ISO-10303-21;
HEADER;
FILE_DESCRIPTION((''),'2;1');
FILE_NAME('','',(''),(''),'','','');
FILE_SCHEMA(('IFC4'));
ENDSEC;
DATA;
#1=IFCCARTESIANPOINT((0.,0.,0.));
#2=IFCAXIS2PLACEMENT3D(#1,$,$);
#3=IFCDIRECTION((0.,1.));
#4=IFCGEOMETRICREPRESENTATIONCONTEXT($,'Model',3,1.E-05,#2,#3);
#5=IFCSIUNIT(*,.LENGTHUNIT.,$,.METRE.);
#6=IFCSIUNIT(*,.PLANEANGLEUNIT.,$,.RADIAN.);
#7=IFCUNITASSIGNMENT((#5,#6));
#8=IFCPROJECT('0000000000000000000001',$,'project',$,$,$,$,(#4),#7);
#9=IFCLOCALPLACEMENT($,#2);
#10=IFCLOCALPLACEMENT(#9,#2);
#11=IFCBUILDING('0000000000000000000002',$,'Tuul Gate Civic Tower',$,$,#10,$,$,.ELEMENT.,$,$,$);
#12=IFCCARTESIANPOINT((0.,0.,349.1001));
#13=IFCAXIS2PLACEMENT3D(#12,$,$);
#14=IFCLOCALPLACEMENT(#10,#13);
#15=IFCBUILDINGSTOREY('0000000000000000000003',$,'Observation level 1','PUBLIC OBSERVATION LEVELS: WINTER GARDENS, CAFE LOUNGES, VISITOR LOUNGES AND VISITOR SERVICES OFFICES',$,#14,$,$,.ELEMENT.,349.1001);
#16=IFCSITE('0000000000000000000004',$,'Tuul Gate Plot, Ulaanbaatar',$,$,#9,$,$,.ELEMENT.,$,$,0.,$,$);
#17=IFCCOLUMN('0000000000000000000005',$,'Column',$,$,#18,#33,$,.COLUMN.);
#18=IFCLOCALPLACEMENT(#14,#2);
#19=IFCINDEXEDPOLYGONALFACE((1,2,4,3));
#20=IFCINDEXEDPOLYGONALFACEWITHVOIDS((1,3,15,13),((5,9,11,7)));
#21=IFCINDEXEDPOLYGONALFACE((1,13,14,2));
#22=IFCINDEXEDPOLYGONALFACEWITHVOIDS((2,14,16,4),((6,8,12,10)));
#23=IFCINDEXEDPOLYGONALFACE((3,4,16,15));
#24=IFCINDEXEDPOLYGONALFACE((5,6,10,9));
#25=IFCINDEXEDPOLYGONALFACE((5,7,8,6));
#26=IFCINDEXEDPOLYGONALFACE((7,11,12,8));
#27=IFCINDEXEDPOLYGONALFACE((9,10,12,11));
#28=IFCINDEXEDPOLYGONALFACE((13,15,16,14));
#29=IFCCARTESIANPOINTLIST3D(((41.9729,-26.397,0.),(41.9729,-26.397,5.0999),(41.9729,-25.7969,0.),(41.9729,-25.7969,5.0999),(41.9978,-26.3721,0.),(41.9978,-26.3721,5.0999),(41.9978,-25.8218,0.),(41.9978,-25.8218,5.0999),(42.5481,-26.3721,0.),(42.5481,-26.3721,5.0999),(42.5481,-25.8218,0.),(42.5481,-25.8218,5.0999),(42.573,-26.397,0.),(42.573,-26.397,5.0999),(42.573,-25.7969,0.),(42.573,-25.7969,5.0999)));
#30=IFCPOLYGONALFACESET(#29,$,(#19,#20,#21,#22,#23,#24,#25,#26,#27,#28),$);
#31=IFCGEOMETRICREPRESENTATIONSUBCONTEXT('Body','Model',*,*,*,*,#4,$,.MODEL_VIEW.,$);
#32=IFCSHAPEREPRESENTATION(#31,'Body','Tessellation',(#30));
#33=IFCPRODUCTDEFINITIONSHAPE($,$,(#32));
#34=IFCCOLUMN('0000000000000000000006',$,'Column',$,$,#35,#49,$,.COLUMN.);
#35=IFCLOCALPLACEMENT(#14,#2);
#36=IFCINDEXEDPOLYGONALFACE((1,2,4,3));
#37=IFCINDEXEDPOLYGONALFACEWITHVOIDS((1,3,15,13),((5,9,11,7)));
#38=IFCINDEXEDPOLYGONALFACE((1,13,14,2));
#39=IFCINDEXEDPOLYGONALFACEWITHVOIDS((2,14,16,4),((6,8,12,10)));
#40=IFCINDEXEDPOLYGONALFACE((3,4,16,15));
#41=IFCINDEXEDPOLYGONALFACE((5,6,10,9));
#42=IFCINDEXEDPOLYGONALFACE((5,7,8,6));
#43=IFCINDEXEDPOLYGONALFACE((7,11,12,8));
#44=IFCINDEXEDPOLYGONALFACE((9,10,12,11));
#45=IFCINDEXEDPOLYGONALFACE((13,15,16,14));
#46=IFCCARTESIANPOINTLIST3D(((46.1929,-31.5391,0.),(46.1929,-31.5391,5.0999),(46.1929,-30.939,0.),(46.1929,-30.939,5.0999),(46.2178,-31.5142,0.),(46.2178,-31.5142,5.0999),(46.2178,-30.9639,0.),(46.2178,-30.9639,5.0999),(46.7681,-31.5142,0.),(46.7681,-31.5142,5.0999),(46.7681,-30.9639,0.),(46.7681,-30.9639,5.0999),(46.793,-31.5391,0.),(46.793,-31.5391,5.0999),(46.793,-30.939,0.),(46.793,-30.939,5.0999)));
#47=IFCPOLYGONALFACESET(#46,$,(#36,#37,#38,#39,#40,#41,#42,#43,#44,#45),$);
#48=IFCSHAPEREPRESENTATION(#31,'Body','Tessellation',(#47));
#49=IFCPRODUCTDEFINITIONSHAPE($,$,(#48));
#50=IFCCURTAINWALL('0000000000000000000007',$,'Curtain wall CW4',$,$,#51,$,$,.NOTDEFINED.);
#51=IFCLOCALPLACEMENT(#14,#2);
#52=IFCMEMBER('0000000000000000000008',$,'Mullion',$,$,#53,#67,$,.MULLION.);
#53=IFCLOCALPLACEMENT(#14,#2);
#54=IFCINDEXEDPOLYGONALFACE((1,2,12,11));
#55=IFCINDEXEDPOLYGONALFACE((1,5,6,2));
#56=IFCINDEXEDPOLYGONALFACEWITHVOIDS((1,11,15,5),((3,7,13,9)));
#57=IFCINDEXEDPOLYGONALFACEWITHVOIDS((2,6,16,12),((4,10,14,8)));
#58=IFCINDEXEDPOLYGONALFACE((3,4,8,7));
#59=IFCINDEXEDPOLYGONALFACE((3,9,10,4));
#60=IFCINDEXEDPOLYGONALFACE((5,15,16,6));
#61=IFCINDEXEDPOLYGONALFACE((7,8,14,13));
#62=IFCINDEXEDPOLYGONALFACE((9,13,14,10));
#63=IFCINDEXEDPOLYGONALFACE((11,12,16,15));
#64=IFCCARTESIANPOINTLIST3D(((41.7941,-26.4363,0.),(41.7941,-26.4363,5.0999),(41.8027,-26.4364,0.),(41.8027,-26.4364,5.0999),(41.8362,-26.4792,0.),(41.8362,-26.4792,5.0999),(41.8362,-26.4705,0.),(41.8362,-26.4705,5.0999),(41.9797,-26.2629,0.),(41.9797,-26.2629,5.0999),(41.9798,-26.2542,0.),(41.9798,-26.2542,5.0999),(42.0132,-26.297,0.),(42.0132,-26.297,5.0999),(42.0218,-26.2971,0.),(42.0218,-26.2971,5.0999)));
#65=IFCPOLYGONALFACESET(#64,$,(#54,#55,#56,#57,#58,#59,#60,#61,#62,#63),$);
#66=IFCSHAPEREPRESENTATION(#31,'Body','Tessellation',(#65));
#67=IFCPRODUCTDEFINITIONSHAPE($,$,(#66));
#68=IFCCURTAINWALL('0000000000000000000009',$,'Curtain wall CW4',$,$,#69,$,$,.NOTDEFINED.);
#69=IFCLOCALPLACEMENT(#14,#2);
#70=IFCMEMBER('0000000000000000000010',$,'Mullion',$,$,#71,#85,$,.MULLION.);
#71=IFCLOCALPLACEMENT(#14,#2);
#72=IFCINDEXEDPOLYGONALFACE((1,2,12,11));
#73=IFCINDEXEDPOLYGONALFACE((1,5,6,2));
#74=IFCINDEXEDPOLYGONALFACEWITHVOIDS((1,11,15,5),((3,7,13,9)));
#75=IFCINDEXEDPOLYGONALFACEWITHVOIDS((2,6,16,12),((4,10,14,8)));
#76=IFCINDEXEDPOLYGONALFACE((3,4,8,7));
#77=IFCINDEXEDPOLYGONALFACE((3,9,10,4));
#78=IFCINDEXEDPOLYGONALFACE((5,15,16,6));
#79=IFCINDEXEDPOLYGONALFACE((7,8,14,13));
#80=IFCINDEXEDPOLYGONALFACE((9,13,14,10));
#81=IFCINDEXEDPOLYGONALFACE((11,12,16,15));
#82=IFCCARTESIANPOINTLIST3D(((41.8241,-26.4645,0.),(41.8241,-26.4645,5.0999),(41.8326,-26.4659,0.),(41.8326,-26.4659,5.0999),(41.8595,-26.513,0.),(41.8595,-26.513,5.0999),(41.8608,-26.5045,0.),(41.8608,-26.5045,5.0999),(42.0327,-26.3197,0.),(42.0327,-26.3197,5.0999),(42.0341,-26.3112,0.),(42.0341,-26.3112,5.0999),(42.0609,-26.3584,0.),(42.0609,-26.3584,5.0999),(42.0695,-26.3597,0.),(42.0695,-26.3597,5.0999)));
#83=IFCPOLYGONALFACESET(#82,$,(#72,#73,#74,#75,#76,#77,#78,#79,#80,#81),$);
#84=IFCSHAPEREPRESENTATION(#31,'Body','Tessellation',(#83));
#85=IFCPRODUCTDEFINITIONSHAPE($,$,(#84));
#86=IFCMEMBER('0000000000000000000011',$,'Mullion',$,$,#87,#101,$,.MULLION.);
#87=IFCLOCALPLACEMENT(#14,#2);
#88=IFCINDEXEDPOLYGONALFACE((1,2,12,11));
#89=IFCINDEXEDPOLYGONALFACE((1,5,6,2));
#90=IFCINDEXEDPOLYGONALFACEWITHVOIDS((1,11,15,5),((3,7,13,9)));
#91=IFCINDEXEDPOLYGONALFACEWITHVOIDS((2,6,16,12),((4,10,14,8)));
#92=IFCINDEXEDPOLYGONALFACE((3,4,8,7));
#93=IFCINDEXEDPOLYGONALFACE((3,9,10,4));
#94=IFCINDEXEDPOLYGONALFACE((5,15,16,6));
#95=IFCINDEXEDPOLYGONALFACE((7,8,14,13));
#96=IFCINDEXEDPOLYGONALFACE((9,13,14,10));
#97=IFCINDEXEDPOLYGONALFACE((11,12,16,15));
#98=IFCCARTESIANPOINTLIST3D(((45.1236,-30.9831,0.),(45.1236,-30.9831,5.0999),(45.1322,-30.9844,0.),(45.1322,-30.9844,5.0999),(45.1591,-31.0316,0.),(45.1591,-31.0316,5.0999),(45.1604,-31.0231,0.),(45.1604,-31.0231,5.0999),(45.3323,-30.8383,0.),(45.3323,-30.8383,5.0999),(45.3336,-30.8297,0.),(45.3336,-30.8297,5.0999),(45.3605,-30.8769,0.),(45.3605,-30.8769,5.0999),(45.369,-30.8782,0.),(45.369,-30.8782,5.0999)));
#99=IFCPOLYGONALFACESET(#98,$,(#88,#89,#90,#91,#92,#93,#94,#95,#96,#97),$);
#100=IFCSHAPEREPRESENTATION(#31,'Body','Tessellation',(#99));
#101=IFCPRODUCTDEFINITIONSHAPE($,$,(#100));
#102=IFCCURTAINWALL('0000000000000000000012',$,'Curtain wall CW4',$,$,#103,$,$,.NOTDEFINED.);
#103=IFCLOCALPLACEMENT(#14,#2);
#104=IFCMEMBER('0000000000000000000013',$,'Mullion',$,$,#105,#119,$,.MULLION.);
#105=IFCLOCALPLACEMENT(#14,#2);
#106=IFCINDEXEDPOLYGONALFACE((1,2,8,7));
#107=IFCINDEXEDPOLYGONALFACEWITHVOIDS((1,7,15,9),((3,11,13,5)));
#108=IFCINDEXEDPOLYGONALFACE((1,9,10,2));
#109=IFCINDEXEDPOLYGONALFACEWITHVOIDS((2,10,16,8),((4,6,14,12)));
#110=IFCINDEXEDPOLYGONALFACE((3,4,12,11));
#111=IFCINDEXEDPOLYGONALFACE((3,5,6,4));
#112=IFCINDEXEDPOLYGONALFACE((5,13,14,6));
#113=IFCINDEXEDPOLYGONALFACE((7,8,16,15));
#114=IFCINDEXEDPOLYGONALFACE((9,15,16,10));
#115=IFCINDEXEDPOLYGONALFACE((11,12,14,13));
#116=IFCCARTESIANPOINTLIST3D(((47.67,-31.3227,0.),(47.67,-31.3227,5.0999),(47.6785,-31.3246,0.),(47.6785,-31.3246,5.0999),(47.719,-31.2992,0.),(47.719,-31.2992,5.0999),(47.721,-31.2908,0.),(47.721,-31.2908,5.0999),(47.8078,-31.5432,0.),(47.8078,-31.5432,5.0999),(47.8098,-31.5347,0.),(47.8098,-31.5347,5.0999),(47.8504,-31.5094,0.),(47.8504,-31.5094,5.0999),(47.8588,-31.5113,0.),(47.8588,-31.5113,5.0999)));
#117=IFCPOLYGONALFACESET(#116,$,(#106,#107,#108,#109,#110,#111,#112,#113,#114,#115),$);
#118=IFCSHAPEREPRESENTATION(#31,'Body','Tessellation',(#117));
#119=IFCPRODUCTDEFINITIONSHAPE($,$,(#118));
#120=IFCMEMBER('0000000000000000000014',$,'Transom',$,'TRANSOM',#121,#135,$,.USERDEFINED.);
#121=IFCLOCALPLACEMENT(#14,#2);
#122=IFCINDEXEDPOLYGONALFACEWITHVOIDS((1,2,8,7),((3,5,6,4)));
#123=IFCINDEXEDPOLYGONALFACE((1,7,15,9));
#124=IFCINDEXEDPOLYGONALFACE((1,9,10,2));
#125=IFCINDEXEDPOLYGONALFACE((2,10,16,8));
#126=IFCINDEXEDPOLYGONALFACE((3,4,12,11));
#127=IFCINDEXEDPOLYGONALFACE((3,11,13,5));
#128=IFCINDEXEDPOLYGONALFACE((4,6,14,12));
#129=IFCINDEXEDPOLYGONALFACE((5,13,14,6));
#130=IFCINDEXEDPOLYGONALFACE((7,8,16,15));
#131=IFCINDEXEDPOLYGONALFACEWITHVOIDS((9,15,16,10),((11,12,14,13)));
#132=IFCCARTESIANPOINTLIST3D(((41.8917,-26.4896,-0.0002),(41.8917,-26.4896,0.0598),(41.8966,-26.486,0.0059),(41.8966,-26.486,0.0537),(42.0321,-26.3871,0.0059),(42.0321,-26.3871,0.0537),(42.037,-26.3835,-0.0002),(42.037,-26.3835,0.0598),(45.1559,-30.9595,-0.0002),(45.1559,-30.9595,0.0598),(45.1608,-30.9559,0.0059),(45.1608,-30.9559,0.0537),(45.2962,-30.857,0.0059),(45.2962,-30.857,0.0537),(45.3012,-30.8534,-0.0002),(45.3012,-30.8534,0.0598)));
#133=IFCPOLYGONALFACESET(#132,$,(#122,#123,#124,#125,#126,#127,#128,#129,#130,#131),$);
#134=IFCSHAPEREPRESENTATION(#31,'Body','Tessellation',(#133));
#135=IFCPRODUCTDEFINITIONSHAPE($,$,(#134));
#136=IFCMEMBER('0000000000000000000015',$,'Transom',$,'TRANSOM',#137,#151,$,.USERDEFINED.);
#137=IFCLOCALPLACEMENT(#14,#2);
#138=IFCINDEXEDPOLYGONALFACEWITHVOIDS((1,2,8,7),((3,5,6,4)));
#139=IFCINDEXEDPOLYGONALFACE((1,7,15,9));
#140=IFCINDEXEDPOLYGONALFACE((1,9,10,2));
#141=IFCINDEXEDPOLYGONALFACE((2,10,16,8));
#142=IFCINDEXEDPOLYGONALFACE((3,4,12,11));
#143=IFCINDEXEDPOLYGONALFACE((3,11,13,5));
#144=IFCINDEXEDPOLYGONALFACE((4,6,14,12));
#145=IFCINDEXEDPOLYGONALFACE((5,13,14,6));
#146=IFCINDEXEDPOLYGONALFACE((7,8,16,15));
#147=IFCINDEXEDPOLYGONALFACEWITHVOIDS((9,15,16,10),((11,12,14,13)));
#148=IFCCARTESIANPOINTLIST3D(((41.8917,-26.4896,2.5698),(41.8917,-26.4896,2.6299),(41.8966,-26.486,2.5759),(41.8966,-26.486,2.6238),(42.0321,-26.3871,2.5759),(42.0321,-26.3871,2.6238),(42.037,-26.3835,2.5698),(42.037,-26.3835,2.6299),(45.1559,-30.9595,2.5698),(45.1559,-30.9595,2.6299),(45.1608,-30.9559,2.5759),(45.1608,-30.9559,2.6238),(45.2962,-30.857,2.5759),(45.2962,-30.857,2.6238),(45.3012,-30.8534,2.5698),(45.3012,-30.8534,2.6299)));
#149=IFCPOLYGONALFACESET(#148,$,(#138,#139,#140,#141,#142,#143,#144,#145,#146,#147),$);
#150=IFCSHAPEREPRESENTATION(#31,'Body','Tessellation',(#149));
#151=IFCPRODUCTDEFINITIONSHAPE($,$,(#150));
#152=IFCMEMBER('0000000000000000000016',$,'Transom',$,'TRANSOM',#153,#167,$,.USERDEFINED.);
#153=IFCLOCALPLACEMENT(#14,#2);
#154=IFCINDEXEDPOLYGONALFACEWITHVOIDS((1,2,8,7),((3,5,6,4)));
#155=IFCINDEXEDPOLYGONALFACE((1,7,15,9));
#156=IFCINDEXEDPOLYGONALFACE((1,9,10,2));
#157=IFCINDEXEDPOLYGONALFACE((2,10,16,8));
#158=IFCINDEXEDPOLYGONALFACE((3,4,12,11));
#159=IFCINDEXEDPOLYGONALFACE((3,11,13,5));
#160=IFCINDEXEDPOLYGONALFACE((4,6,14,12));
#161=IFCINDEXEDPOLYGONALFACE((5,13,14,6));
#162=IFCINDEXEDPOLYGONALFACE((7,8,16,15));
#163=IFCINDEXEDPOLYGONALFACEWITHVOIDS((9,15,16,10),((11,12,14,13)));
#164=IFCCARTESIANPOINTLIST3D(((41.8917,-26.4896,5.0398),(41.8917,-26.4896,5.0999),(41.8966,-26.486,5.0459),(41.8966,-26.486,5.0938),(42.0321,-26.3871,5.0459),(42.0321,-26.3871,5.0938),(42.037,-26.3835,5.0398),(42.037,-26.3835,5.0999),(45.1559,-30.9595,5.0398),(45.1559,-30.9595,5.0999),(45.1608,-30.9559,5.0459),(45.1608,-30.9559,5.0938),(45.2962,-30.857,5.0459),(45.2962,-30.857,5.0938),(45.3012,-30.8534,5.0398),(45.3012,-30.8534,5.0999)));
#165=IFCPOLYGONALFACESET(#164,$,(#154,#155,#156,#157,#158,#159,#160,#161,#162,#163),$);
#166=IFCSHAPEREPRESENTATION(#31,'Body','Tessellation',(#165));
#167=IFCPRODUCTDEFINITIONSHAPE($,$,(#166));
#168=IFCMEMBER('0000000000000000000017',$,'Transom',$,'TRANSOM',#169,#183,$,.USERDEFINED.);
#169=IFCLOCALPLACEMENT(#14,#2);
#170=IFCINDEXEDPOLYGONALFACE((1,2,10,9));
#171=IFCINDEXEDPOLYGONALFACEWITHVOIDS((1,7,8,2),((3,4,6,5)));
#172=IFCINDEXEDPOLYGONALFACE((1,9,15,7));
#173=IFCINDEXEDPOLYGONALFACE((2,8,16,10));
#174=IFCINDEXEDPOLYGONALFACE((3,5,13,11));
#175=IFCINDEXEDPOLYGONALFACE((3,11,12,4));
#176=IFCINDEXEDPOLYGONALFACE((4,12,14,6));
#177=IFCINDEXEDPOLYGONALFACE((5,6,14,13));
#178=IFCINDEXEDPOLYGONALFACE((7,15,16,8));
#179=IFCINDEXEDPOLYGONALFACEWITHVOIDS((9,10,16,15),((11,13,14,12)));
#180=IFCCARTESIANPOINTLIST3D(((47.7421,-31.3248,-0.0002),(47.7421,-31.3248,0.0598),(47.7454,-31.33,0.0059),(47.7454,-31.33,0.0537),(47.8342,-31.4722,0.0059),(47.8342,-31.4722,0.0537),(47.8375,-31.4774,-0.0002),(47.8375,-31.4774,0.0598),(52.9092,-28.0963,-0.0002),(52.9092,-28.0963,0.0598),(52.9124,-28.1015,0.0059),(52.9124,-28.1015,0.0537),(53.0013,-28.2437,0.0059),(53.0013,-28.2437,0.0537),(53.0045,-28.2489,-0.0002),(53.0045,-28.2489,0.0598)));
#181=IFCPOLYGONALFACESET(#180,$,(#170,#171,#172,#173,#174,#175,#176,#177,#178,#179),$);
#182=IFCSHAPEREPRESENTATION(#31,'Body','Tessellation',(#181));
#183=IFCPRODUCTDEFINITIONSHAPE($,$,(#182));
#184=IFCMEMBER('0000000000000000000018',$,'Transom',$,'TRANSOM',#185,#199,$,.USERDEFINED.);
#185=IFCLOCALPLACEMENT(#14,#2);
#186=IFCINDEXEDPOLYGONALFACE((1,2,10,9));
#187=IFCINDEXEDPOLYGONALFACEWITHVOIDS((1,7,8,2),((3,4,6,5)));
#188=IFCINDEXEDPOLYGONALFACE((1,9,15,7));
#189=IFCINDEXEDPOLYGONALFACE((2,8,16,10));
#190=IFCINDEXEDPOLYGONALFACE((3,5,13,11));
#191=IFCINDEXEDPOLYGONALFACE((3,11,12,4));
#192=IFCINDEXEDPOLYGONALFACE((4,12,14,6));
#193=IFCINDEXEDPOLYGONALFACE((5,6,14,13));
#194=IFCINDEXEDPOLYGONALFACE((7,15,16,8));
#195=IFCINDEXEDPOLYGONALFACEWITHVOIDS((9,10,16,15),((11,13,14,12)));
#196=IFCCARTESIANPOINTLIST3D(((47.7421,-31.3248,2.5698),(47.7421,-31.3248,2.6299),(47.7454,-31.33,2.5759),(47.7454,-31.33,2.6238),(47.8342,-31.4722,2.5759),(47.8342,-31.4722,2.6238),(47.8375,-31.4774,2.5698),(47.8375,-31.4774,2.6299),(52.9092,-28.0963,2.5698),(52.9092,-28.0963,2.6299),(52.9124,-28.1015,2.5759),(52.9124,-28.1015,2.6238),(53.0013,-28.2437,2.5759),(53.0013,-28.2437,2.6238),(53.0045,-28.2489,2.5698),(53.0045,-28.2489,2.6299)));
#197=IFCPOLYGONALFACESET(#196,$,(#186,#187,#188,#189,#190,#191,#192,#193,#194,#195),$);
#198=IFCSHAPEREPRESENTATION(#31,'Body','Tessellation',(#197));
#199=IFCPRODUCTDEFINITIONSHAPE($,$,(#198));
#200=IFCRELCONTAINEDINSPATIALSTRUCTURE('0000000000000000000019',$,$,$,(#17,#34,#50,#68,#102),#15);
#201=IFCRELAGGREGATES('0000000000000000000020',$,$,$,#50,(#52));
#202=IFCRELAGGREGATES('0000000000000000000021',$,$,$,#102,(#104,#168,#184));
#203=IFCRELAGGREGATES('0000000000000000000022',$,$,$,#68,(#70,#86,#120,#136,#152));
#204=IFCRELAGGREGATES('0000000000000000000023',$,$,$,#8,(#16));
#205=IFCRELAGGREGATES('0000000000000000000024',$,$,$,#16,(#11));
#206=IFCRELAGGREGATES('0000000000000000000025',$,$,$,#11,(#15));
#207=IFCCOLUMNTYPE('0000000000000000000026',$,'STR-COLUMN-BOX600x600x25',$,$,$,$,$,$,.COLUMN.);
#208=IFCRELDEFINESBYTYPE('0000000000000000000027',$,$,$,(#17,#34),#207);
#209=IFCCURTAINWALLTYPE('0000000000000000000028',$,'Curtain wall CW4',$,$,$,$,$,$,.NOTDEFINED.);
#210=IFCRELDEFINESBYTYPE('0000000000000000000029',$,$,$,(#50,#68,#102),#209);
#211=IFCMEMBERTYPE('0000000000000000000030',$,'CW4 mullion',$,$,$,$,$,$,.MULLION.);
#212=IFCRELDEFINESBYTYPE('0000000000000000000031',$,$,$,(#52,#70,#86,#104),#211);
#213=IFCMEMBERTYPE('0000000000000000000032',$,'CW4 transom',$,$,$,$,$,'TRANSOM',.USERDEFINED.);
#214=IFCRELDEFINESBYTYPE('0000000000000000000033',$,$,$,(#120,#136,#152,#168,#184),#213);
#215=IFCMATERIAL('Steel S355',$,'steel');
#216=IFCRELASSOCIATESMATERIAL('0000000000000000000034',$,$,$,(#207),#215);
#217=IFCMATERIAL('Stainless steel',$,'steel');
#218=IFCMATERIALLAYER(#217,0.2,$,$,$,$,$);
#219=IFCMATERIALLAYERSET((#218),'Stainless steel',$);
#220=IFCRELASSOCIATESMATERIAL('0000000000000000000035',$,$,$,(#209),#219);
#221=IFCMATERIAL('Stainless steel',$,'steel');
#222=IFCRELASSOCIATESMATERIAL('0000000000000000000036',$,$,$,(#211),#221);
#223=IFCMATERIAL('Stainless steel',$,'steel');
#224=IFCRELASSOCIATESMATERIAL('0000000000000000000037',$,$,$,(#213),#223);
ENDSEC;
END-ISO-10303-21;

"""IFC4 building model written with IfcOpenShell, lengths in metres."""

from ifc_helpers import new_model, si_unit, direction, frame, origin, origin_2d, place, context, subcontext, project, spatial, hollow_rectangle, extrude, material, layer, layer_set, material_profile, profile_set, type_object, element, aggregate, save


model = new_model("IFC4")

# Units and contexts
model_context = context("Model", 3, precision=1e-05, world=origin(), true_north=direction((0.0, 1.0)))
body_context = subcontext(model_context, "Body", "Model", "MODEL_VIEW")
ifc_project = project(units=[si_unit("LENGTHUNIT", "METRE"), si_unit("PLANEANGLEUNIT", "RADIAN")], contexts=[model_context])

# Site, building, storey
site_placement = place(None, origin())
site = spatial("IfcSite", under=ifc_project, at=site_placement, Name="Tuul Gate Plot, Ulaanbaatar", CompositionType="ELEMENT", RefElevation=0.0)
building_placement = place(site_placement, origin())
building = spatial("IfcBuilding", under=site, at=building_placement, Name="Tuul Gate Civic Tower", CompositionType="ELEMENT")
storey_placement = place(building_placement, frame((0.0, 0.0, 349.1001)))
storey = spatial("IfcBuildingStorey", under=building, at=storey_placement, Name="Observation level 1", Description="PUBLIC OBSERVATION LEVELS: WINTER GARDENS, CAFE LOUNGES, VISITOR LOUNGES AND VISITOR SERVICES OFFICES", CompositionType="ELEMENT", Elevation=349.1001)

# Columns
ifc_material_1 = material(Name="Steel S355", Category="steel")
ifc_material_profile_1 = material_profile(ifc_material_1, hollow_rectangle(XDim=0.6001, YDim=0.6001, WallThickness=0.0249, at=origin_2d()), Name="BOX600x600x25")
ifc_profile_set_1 = profile_set([ifc_material_profile_1], Name="Steel S355")
column_type = type_object("IfcColumnType", Name="STR-COLUMN-BOX600x600x25", PredefinedType="COLUMN", material=ifc_profile_set_1)
for number, where, z_axis, x_axis, name in (
    (1, (42.2729, -26.0969, 0.0), (0.0, 0.0, 1.0), (1.0, 0.0, 0.0), "Column"),
    (2, (46.4929, -31.239, 0.0), (0.0, 0.0, 1.0), (1.0, 0.0, 0.0), "Column"),
):
    element("IfcColumn", number, at=place(storey_placement, frame(where, z_axis=z_axis, x_axis=x_axis)), inside=storey, type_object=column_type, Name=name, PredefinedType="COLUMN", context=body_context, shape_type="SweptSolid", body=[
        extrude(hollow_rectangle(XDim=0.6001, YDim=0.6001, WallThickness=0.0249, at=origin_2d()), origin(), (0.0, 0.0, 1.0), 5.0999),
    ])

# Curtain wall, member
ifc_material_2 = material(Name="Stainless steel", Category="steel")
ifc_layer_1 = layer(ifc_material_2, 0.2)
ifc_layer_set_1 = layer_set([ifc_layer_1], Name="Stainless steel")
curtain_wall_type = type_object("IfcCurtainWallType", Name="Curtain wall CW4", PredefinedType="NOTDEFINED", material=ifc_layer_set_1)
curtain_wall_1_placement = place(storey_placement, origin())
curtain_wall_1 = element("IfcCurtainWall", 3, at=curtain_wall_1_placement, inside=storey, type_object=curtain_wall_type, Name="Curtain wall CW4", PredefinedType="NOTDEFINED")
ifc_material_3 = material(Name="Stainless steel", Category="steel")
ifc_material_profile_2 = material_profile(ifc_material_3, hollow_rectangle(XDim=0.26, YDim=0.0601, WallThickness=0.0061, at=origin_2d()), Name="CW4 mullion")
ifc_profile_set_2 = profile_set([ifc_material_profile_2], Name="Stainless steel")
member_type_1 = type_object("IfcMemberType", Name="CW4 mullion", PredefinedType="MULLION", material=ifc_profile_set_2)
member_1_placement = place(storey_placement, frame((41.908, -26.3667, 0.0), z_axis=(0.0, 0.0, 1.0), x_axis=(0.714048, 0.700097, 0.0)))
member_1 = element("IfcMember", 4, at=member_1_placement, type_object=member_type_1, Name="Mullion", PredefinedType="MULLION", context=body_context, shape_type="SweptSolid", body=[
    extrude(hollow_rectangle(XDim=0.26, YDim=0.0601, WallThickness=0.0061, at=origin_2d()), origin(), (0.0, 0.0, 1.0), 5.0999),
])
aggregate(curtain_wall_1, [member_1])

# Curtain wall, members
curtain_wall_2_placement = place(storey_placement, origin())
curtain_wall_2 = element("IfcCurtainWall", 5, at=curtain_wall_2_placement, inside=storey, type_object=curtain_wall_type, Name="Curtain wall CW4", PredefinedType="NOTDEFINED")
member_2_placement = place(storey_placement, frame((41.9468, -26.4121, 0.0), z_axis=(0.0, 0.0, 1.0), x_axis=(0.807595, 0.589737, 0.0)))
member_2 = element("IfcMember", 6, at=member_2_placement, type_object=member_type_1, Name="Mullion", PredefinedType="MULLION", context=body_context, shape_type="SweptSolid", body=[
    extrude(hollow_rectangle(XDim=0.26, YDim=0.0601, WallThickness=0.0061, at=origin_2d()), origin(), (0.0, 0.0, 1.0), 5.0999),
])
member_3_placement = place(storey_placement, frame((45.2463, -30.9307, 0.0), z_axis=(0.0, 0.0, 1.0), x_axis=(0.807595, 0.589737, 0.0)))
member_3 = element("IfcMember", 7, at=member_3_placement, type_object=member_type_1, Name="Mullion", PredefinedType="MULLION", context=body_context, shape_type="SweptSolid", body=[
    extrude(hollow_rectangle(XDim=0.26, YDim=0.0601, WallThickness=0.0061, at=origin_2d()), origin(), (0.0, 0.0, 1.0), 5.0999),
])

# Curtain wall, member
curtain_wall_3_placement = place(storey_placement, origin())
curtain_wall_3 = element("IfcCurtainWall", 8, at=curtain_wall_3_placement, inside=storey, type_object=curtain_wall_type, Name="Curtain wall CW4", PredefinedType="NOTDEFINED")
member_4_placement = place(storey_placement, frame((47.7644, -31.417, 0.0), z_axis=(0.0, 0.0, 1.0), x_axis=(-0.529912, 0.848053, 0.0)))
member_4 = element("IfcMember", 9, at=member_4_placement, type_object=member_type_1, Name="Mullion", PredefinedType="MULLION", context=body_context, shape_type="SweptSolid", body=[
    extrude(hollow_rectangle(XDim=0.26, YDim=0.0601, WallThickness=0.0061, at=origin_2d()), origin(), (0.0, 0.0, 1.0), 5.0999),
])

# Members
ifc_material_4 = material(Name="Stainless steel", Category="steel")
ifc_material_profile_3 = material_profile(ifc_material_4, hollow_rectangle(XDim=0.1799, YDim=0.0601, WallThickness=0.0061, at=origin_2d()), Name="CW4 transom")
ifc_profile_set_3 = profile_set([ifc_material_profile_3], Name="Stainless steel")
member_type_2 = type_object("IfcMemberType", Name="CW4 transom", ElementType="TRANSOM", PredefinedType="USERDEFINED", material=ifc_profile_set_3)
member_5_placement = place(storey_placement, frame((41.9644, -26.4365, 0.0298), z_axis=(0.589739, -0.807594, 0.0), x_axis=(0.807594, 0.589739, 0.0)))
member_5 = element("IfcMember", 10, at=member_5_placement, type_object=member_type_2, Name="Transom", ObjectType="TRANSOM", PredefinedType="USERDEFINED", context=body_context, shape_type="SweptSolid", body=[
    extrude(hollow_rectangle(XDim=0.1799, YDim=0.0601, WallThickness=0.0061, at=origin_2d()), origin(), (0.0, 0.0, 1.0), 5.5349),
])
member_6_placement = place(storey_placement, frame((41.9644, -26.4365, 2.5999), z_axis=(0.589739, -0.807594, 0.0), x_axis=(0.807594, 0.589739, 0.0)))
member_6 = element("IfcMember", 11, at=member_6_placement, type_object=member_type_2, Name="Transom", ObjectType="TRANSOM", PredefinedType="USERDEFINED", context=body_context, shape_type="SweptSolid", body=[
    extrude(hollow_rectangle(XDim=0.1799, YDim=0.0601, WallThickness=0.0061, at=origin_2d()), origin(), (0.0, 0.0, 1.0), 5.5349),
])
member_7_placement = place(storey_placement, frame((41.9644, -26.4365, 5.0698), z_axis=(0.589739, -0.807594, 0.0), x_axis=(0.807594, 0.589739, 0.0)))
member_7 = element("IfcMember", 12, at=member_7_placement, type_object=member_type_2, Name="Transom", ObjectType="TRANSOM", PredefinedType="USERDEFINED", context=body_context, shape_type="SweptSolid", body=[
    extrude(hollow_rectangle(XDim=0.1799, YDim=0.0601, WallThickness=0.0061, at=origin_2d()), origin(), (0.0, 0.0, 1.0), 5.5349),
])
member_8_placement = place(storey_placement, frame((47.7898, -31.4011, 0.0298), z_axis=(0.848061, 0.529898, 0.0), x_axis=(-0.529898, 0.848061, 0.0)))
member_8 = element("IfcMember", 13, at=member_8_placement, type_object=member_type_2, Name="Transom", ObjectType="TRANSOM", PredefinedType="USERDEFINED", context=body_context, shape_type="SweptSolid", body=[
    extrude(hollow_rectangle(XDim=0.1799, YDim=0.0601, WallThickness=0.0061, at=origin_2d()), origin(), (0.0, 0.0, 1.0), 6.0928),
])
member_9_placement = place(storey_placement, frame((47.7898, -31.4011, 2.5999), z_axis=(0.848061, 0.529898, 0.0), x_axis=(-0.529898, 0.848061, 0.0)))
member_9 = element("IfcMember", 14, at=member_9_placement, type_object=member_type_2, Name="Transom", ObjectType="TRANSOM", PredefinedType="USERDEFINED", context=body_context, shape_type="SweptSolid", body=[
    extrude(hollow_rectangle(XDim=0.1799, YDim=0.0601, WallThickness=0.0061, at=origin_2d()), origin(), (0.0, 0.0, 1.0), 6.0928),
])
aggregate(curtain_wall_3, [member_4, member_8, member_9])

aggregate(curtain_wall_2, [member_2, member_3, member_5, member_6, member_7])

save(model, "model.ifc")
